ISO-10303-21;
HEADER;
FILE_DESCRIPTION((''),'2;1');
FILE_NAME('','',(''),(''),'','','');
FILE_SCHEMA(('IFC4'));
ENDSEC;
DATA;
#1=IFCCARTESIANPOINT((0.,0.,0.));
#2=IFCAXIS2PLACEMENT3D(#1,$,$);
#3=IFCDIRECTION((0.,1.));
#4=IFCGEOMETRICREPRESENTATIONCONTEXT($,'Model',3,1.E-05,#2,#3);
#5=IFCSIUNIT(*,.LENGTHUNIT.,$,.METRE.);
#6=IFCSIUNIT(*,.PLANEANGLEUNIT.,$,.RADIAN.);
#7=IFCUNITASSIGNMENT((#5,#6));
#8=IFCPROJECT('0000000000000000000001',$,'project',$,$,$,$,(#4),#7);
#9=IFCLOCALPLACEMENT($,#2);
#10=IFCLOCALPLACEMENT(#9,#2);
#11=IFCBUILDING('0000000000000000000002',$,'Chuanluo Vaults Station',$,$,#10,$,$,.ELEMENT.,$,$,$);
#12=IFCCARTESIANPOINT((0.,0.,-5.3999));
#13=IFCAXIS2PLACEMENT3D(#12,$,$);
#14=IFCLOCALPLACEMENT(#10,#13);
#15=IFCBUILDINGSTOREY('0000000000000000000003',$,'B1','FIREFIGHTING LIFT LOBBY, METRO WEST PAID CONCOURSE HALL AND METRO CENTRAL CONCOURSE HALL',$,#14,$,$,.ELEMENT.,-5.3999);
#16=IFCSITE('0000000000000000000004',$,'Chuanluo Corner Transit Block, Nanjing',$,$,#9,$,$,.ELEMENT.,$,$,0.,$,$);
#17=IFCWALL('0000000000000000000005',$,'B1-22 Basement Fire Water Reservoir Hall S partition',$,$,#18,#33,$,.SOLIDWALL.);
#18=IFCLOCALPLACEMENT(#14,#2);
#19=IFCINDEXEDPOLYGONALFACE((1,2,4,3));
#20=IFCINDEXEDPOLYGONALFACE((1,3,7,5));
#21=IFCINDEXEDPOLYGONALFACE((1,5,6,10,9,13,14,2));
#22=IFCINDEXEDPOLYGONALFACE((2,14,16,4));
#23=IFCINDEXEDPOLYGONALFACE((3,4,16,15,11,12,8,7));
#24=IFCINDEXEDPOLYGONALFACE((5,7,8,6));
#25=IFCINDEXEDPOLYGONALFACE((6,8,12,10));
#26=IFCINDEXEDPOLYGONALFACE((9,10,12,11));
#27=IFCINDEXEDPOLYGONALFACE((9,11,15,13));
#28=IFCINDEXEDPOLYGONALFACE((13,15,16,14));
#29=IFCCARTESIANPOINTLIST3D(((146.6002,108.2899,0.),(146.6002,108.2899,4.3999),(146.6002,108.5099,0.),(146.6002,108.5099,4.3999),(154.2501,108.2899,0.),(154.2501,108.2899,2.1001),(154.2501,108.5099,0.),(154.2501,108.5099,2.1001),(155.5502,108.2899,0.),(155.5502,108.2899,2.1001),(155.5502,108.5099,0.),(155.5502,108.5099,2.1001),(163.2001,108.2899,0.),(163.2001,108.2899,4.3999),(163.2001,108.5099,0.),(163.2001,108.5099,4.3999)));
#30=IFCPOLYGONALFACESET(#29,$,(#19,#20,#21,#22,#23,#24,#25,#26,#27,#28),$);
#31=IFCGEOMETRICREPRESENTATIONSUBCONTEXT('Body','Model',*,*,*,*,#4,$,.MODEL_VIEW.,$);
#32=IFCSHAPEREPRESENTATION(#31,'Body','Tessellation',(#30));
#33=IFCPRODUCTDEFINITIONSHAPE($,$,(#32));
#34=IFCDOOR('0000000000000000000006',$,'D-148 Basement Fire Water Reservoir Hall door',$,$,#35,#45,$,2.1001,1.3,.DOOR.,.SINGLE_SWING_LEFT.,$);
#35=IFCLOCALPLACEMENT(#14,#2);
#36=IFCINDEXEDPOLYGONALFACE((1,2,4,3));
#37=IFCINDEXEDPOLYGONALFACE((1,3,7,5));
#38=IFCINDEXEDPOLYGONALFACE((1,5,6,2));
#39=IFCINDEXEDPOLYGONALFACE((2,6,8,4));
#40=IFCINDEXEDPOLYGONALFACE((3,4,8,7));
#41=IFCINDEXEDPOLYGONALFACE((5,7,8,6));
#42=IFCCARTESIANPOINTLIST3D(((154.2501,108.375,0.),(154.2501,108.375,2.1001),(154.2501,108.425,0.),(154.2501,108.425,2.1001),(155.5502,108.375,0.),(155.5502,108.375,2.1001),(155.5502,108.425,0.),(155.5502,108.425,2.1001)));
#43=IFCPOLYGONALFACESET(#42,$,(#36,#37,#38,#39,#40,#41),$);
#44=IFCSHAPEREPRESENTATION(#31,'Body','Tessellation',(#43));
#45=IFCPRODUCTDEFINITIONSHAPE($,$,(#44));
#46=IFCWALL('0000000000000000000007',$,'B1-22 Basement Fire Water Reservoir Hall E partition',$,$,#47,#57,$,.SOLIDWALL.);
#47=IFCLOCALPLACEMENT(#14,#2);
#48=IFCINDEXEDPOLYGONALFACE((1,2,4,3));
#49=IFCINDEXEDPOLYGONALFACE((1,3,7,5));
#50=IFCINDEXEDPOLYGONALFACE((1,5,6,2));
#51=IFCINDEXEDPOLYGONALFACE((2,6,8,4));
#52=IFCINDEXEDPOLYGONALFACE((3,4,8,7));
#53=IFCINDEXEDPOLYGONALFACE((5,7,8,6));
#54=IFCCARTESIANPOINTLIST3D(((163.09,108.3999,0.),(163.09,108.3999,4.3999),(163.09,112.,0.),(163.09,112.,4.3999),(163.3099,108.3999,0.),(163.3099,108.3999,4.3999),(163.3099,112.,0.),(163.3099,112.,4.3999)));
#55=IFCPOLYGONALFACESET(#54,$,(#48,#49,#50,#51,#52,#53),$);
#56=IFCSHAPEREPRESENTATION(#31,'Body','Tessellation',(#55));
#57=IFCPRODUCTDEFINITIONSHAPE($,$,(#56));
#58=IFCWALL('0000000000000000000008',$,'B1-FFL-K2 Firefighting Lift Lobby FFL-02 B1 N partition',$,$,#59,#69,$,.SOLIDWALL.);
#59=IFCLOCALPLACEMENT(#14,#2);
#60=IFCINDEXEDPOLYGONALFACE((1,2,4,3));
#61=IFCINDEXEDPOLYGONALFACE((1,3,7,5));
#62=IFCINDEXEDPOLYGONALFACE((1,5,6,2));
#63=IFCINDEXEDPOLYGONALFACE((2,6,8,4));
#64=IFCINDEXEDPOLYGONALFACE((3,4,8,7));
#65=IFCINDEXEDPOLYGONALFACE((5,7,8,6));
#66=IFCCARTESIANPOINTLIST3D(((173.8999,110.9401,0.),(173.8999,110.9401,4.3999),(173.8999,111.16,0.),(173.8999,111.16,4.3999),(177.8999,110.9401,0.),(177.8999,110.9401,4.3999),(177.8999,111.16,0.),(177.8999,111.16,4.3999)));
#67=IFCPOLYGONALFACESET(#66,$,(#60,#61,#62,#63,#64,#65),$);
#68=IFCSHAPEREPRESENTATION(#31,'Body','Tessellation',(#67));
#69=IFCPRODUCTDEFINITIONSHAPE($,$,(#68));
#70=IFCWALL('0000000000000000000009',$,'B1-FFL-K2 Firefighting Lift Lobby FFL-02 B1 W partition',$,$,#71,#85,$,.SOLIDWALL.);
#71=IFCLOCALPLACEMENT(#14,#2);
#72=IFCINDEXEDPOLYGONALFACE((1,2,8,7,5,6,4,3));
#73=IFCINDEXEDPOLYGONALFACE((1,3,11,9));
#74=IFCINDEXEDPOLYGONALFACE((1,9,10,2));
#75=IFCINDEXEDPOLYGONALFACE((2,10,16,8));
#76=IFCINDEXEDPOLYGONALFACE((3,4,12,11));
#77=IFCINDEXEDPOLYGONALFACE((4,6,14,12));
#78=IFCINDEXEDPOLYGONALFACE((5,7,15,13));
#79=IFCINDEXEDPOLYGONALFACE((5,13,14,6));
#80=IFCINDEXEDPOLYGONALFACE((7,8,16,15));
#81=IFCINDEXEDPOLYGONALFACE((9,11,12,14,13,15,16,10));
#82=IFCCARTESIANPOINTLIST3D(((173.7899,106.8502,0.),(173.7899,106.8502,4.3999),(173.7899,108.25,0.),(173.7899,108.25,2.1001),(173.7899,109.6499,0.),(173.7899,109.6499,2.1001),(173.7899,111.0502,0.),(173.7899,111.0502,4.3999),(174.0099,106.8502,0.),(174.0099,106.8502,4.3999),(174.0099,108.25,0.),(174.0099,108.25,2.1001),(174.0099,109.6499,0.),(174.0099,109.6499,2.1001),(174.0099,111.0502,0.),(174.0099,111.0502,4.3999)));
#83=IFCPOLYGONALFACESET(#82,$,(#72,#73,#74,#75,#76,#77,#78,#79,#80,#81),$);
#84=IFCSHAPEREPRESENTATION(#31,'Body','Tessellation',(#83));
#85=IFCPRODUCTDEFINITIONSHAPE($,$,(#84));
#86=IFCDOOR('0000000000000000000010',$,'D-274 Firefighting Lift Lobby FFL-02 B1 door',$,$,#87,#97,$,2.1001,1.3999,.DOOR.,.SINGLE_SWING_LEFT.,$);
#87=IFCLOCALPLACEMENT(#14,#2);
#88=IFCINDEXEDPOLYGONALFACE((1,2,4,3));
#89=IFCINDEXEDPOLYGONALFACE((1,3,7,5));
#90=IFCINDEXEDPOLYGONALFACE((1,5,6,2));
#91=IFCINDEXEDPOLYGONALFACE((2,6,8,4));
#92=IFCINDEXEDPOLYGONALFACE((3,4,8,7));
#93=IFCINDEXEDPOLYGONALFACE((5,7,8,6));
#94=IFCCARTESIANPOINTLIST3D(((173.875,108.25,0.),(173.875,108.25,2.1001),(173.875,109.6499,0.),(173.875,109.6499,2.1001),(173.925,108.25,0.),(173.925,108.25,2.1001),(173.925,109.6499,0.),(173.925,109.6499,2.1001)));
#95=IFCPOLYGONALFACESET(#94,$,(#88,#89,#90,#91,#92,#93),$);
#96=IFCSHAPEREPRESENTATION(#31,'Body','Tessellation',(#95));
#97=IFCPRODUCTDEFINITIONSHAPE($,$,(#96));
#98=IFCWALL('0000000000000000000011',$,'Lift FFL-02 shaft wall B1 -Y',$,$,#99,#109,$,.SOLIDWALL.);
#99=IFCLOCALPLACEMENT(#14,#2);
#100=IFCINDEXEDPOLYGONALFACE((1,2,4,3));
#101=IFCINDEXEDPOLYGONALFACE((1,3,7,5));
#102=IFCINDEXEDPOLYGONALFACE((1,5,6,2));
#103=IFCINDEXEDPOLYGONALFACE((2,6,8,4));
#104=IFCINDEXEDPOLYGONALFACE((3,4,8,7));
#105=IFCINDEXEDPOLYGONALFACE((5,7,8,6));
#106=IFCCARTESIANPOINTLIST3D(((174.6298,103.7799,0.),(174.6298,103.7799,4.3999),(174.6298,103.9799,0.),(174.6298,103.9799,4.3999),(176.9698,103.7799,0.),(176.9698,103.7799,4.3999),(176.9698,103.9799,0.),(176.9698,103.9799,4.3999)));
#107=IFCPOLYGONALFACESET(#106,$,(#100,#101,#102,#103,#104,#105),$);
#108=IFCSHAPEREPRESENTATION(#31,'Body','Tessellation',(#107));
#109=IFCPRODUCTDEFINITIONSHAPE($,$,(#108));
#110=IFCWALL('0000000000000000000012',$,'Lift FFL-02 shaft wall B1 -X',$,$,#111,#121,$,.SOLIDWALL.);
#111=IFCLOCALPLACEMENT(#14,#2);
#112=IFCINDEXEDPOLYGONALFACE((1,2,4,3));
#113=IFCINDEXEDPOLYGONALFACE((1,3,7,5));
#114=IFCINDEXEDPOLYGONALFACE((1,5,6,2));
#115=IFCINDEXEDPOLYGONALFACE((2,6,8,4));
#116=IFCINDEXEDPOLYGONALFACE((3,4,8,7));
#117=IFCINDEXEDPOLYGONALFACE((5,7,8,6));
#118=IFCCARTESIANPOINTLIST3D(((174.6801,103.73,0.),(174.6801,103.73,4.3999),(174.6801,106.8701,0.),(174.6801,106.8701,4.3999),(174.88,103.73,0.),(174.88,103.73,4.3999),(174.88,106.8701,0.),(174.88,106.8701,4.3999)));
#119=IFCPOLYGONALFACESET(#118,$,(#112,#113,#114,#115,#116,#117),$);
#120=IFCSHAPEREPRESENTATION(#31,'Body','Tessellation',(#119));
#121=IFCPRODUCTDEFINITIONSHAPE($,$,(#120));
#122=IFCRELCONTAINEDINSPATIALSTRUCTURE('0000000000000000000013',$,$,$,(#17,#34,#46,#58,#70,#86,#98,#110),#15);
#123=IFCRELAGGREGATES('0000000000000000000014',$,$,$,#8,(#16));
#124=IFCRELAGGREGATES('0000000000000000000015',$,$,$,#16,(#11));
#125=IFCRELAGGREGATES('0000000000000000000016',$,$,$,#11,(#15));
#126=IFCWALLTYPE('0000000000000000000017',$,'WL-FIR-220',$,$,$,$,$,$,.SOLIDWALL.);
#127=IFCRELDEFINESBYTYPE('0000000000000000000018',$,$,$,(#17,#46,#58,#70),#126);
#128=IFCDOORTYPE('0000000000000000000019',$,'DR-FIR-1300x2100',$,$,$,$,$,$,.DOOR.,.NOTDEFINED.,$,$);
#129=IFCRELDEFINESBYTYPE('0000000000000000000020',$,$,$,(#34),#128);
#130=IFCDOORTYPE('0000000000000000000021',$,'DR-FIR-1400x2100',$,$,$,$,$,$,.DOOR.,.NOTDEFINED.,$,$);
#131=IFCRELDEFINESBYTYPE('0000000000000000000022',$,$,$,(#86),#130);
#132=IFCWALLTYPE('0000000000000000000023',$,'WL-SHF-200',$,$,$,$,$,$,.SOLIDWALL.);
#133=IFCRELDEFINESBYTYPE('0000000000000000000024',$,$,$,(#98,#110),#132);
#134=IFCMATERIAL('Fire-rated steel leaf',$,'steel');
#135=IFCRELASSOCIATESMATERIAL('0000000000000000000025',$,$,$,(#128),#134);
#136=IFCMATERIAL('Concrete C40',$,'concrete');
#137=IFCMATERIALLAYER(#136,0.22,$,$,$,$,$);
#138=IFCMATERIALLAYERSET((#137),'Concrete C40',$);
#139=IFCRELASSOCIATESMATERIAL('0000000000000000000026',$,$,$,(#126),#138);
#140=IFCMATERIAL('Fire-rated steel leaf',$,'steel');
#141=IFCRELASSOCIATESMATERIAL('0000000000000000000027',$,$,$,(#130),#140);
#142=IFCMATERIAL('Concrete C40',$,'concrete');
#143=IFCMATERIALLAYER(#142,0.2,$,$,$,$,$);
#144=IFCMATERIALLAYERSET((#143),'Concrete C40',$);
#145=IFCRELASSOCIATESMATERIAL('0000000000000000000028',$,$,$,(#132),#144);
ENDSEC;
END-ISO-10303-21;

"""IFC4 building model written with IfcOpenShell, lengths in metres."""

from ifc_helpers import new_model, si_unit, direction, frame, frame_2d, origin, place, context, subcontext, project, spatial, rectangle, extrude, material, layer, layer_set, type_object, element, fill, save


model = new_model("IFC4")

# Units and contexts
model_context = context("Model", 3, precision=1e-05, world=origin(), true_north=direction((0.0, 1.0)))
body_context = subcontext(model_context, "Body", "Model", "MODEL_VIEW")
ifc_project = project(units=[si_unit("LENGTHUNIT", "METRE"), si_unit("PLANEANGLEUNIT", "RADIAN")], contexts=[model_context])

# Site, building, storey
site_placement = place(None, origin())
site = spatial("IfcSite", under=ifc_project, at=site_placement, Name="Chuanluo Corner Transit Block, Nanjing", CompositionType="ELEMENT", RefElevation=0.0)
building_placement = place(site_placement, origin())
building = spatial("IfcBuilding", under=site, at=building_placement, Name="Chuanluo Vaults Station", CompositionType="ELEMENT")
storey_placement = place(building_placement, frame((0.0, 0.0, -5.3999)))
storey = spatial("IfcBuildingStorey", under=building, at=storey_placement, Name="B1", Description="FIREFIGHTING LIFT LOBBY, METRO WEST PAID CONCOURSE HALL AND METRO CENTRAL CONCOURSE HALL", CompositionType="ELEMENT", Elevation=-5.3999)

# Wall, opening, door
ifc_material_1 = material(Name="Fire-rated steel leaf", Category="steel")
door_type_1 = type_object("IfcDoorType", Name="DR-FIR-1300x2100", OperationType="NOTDEFINED", PredefinedType="DOOR", material=ifc_material_1)
ifc_material_2 = material(Name="Concrete C40", Category="concrete")
ifc_layer_1 = layer(ifc_material_2, 0.22)
ifc_layer_set_1 = layer_set([ifc_layer_1], Name="Concrete C40")
wall_type_1 = type_object("IfcWallType", Name="WL-FIR-220", PredefinedType="SOLIDWALL", material=ifc_layer_set_1)
wall_1_placement = place(storey_placement, frame((163.2, 108.3999, 0.0), z_axis=(0.0, 0.0, 1.0), x_axis=(-1.0, 0.0, 0.0)))
wall_1 = element("IfcWall", 1, at=wall_1_placement, inside=storey, type_object=wall_type_1, Name="B1-22 Basement Fire Water Reservoir Hall S partition", PredefinedType="SOLIDWALL", context=body_context, shape_type="SweptSolid", body=[
    extrude(rectangle(XDim=16.5999, YDim=0.22, at=frame_2d((8.2998, 0.0))), origin(), (0.0, 0.0, 1.0), 4.3999),
])
opening_1_placement = place(wall_1_placement, frame((7.6499, 0.0, 0.0)))
opening_1 = element("IfcOpeningElement", 2, at=opening_1_placement, cuts=wall_1, PredefinedType="OPENING", context=body_context, shape_type="SweptSolid", body=[
    extrude(rectangle(XDim=1.3, YDim=2.1001, at=frame_2d((0.6499, 1.05))), frame((0.0, 0.1199, 0.0), z_axis=(0.0, -1.0, 0.0), x_axis=(1.0, 0.0, 0.0)), (0.0, 0.0, 1.0), 0.24),
])
door_1_placement = place(opening_1_placement, origin())
door_1 = element("IfcDoor", 3, at=door_1_placement, inside=storey, type_object=door_type_1, Name="D-148 Basement Fire Water Reservoir Hall door", OperationType="SINGLE_SWING_LEFT", OverallHeight=2.1001, OverallWidth=1.3, PredefinedType="DOOR", context=body_context, shape_type="SweptSolid", body=[
    extrude(rectangle(XDim=1.3, YDim=2.1001, at=frame_2d((0.6499, 1.05))), frame((0.0, 0.0249, 0.0), z_axis=(0.0, -1.0, 0.0), x_axis=(1.0, 0.0, 0.0)), (0.0, 0.0, 1.0), 0.05),
])
fill(opening_1, door_1)

# Walls
wall_2_placement = place(storey_placement, frame((163.2, 112.0, 0.0), z_axis=(0.0, 0.0, 1.0), x_axis=(0.0, -1.0, 0.0)))
element("IfcWall", 4, at=wall_2_placement, inside=storey, type_object=wall_type_1, Name="B1-22 Basement Fire Water Reservoir Hall E partition", PredefinedType="SOLIDWALL", context=body_context, shape_type="SweptSolid", body=[
    extrude(rectangle(XDim=3.6001, YDim=0.22, at=frame_2d((1.8, 0.0))), origin(), (0.0, 0.0, 1.0), 4.3999),
])
wall_3_placement = place(storey_placement, frame((173.8999, 111.05, 0.0), z_axis=(0.0, 0.0, 1.0), x_axis=(1.0, 0.0, 0.0)))
element("IfcWall", 5, at=wall_3_placement, inside=storey, type_object=wall_type_1, Name="B1-FFL-K2 Firefighting Lift Lobby FFL-02 B1 N partition", PredefinedType="SOLIDWALL", context=body_context, shape_type="SweptSolid", body=[
    extrude(rectangle(XDim=4.0, YDim=0.22, at=frame_2d((2.0, 0.0))), origin(), (0.0, 0.0, 1.0), 4.3999),
])

# Wall, opening, door
wall_4_placement = place(storey_placement, frame((173.8999, 106.8501, 0.0), z_axis=(0.0, 0.0, 1.0), x_axis=(0.0, 1.0, 0.0)))
wall_4 = element("IfcWall", 6, at=wall_4_placement, inside=storey, type_object=wall_type_1, Name="B1-FFL-K2 Firefighting Lift Lobby FFL-02 B1 W partition", PredefinedType="SOLIDWALL", context=body_context, shape_type="SweptSolid", body=[
    extrude(rectangle(XDim=4.2, YDim=0.22, at=frame_2d((2.1001, 0.0))), origin(), (0.0, 0.0, 1.0), 4.3999),
])
opening_2_placement = place(wall_4_placement, frame((1.3999, 0.0, 0.0)))
opening_2 = element("IfcOpeningElement", 7, at=opening_2_placement, cuts=wall_4, PredefinedType="OPENING", context=body_context, shape_type="SweptSolid", body=[
    extrude(rectangle(XDim=1.3999, YDim=2.1001, at=frame_2d((0.7, 1.05))), frame((0.0, 0.1199, 0.0), z_axis=(0.0, -1.0, 0.0), x_axis=(1.0, 0.0, 0.0)), (0.0, 0.0, 1.0), 0.24),
])
ifc_material_3 = material(Name="Fire-rated steel leaf", Category="steel")
door_type_2 = type_object("IfcDoorType", Name="DR-FIR-1400x2100", OperationType="NOTDEFINED", PredefinedType="DOOR", material=ifc_material_3)
door_2_placement = place(opening_2_placement, origin())
door_2 = element("IfcDoor", 8, at=door_2_placement, inside=storey, type_object=door_type_2, Name="D-274 Firefighting Lift Lobby FFL-02 B1 door", OperationType="SINGLE_SWING_LEFT", OverallHeight=2.1001, OverallWidth=1.3999, PredefinedType="DOOR", context=body_context, shape_type="SweptSolid", body=[
    extrude(rectangle(XDim=1.3999, YDim=2.1001, at=frame_2d((0.7, 1.05))), frame((0.0, 0.0249, 0.0), z_axis=(0.0, -1.0, 0.0), x_axis=(1.0, 0.0, 0.0)), (0.0, 0.0, 1.0), 0.05),
])
fill(opening_2, door_2)

# Walls
ifc_material_4 = material(Name="Concrete C40", Category="concrete")
ifc_layer_2 = layer(ifc_material_4, 0.2)
ifc_layer_set_2 = layer_set([ifc_layer_2], Name="Concrete C40")
wall_type_2 = type_object("IfcWallType", Name="WL-SHF-200", PredefinedType="SOLIDWALL", material=ifc_layer_set_2)
wall_5_placement = place(storey_placement, frame((174.6299, 103.8799, 0.0), z_axis=(0.0, 0.0, 1.0), x_axis=(1.0, 0.0, 0.0)))
element("IfcWall", 9, at=wall_5_placement, inside=storey, type_object=wall_type_2, Name="Lift FFL-02 shaft wall B1 -Y", PredefinedType="SOLIDWALL", context=body_context, shape_type="SweptSolid", body=[
    extrude(rectangle(XDim=2.3401, YDim=0.2, at=frame_2d((1.1699, 0.0))), origin(), (0.0, 0.0, 1.0), 4.3999),
])
wall_6_placement = place(storey_placement, frame((174.78, 106.8701, 0.0), z_axis=(0.0, 0.0, 1.0), x_axis=(0.0, -1.0, 0.0)))
element("IfcWall", 10, at=wall_6_placement, inside=storey, type_object=wall_type_2, Name="Lift FFL-02 shaft wall B1 -X", PredefinedType="SOLIDWALL", context=body_context, shape_type="SweptSolid", body=[
    extrude(rectangle(XDim=3.1401, YDim=0.2, at=frame_2d((1.5701, 0.0))), origin(), (0.0, 0.0, 1.0), 4.3999),
])

save(model, "model.ifc")
